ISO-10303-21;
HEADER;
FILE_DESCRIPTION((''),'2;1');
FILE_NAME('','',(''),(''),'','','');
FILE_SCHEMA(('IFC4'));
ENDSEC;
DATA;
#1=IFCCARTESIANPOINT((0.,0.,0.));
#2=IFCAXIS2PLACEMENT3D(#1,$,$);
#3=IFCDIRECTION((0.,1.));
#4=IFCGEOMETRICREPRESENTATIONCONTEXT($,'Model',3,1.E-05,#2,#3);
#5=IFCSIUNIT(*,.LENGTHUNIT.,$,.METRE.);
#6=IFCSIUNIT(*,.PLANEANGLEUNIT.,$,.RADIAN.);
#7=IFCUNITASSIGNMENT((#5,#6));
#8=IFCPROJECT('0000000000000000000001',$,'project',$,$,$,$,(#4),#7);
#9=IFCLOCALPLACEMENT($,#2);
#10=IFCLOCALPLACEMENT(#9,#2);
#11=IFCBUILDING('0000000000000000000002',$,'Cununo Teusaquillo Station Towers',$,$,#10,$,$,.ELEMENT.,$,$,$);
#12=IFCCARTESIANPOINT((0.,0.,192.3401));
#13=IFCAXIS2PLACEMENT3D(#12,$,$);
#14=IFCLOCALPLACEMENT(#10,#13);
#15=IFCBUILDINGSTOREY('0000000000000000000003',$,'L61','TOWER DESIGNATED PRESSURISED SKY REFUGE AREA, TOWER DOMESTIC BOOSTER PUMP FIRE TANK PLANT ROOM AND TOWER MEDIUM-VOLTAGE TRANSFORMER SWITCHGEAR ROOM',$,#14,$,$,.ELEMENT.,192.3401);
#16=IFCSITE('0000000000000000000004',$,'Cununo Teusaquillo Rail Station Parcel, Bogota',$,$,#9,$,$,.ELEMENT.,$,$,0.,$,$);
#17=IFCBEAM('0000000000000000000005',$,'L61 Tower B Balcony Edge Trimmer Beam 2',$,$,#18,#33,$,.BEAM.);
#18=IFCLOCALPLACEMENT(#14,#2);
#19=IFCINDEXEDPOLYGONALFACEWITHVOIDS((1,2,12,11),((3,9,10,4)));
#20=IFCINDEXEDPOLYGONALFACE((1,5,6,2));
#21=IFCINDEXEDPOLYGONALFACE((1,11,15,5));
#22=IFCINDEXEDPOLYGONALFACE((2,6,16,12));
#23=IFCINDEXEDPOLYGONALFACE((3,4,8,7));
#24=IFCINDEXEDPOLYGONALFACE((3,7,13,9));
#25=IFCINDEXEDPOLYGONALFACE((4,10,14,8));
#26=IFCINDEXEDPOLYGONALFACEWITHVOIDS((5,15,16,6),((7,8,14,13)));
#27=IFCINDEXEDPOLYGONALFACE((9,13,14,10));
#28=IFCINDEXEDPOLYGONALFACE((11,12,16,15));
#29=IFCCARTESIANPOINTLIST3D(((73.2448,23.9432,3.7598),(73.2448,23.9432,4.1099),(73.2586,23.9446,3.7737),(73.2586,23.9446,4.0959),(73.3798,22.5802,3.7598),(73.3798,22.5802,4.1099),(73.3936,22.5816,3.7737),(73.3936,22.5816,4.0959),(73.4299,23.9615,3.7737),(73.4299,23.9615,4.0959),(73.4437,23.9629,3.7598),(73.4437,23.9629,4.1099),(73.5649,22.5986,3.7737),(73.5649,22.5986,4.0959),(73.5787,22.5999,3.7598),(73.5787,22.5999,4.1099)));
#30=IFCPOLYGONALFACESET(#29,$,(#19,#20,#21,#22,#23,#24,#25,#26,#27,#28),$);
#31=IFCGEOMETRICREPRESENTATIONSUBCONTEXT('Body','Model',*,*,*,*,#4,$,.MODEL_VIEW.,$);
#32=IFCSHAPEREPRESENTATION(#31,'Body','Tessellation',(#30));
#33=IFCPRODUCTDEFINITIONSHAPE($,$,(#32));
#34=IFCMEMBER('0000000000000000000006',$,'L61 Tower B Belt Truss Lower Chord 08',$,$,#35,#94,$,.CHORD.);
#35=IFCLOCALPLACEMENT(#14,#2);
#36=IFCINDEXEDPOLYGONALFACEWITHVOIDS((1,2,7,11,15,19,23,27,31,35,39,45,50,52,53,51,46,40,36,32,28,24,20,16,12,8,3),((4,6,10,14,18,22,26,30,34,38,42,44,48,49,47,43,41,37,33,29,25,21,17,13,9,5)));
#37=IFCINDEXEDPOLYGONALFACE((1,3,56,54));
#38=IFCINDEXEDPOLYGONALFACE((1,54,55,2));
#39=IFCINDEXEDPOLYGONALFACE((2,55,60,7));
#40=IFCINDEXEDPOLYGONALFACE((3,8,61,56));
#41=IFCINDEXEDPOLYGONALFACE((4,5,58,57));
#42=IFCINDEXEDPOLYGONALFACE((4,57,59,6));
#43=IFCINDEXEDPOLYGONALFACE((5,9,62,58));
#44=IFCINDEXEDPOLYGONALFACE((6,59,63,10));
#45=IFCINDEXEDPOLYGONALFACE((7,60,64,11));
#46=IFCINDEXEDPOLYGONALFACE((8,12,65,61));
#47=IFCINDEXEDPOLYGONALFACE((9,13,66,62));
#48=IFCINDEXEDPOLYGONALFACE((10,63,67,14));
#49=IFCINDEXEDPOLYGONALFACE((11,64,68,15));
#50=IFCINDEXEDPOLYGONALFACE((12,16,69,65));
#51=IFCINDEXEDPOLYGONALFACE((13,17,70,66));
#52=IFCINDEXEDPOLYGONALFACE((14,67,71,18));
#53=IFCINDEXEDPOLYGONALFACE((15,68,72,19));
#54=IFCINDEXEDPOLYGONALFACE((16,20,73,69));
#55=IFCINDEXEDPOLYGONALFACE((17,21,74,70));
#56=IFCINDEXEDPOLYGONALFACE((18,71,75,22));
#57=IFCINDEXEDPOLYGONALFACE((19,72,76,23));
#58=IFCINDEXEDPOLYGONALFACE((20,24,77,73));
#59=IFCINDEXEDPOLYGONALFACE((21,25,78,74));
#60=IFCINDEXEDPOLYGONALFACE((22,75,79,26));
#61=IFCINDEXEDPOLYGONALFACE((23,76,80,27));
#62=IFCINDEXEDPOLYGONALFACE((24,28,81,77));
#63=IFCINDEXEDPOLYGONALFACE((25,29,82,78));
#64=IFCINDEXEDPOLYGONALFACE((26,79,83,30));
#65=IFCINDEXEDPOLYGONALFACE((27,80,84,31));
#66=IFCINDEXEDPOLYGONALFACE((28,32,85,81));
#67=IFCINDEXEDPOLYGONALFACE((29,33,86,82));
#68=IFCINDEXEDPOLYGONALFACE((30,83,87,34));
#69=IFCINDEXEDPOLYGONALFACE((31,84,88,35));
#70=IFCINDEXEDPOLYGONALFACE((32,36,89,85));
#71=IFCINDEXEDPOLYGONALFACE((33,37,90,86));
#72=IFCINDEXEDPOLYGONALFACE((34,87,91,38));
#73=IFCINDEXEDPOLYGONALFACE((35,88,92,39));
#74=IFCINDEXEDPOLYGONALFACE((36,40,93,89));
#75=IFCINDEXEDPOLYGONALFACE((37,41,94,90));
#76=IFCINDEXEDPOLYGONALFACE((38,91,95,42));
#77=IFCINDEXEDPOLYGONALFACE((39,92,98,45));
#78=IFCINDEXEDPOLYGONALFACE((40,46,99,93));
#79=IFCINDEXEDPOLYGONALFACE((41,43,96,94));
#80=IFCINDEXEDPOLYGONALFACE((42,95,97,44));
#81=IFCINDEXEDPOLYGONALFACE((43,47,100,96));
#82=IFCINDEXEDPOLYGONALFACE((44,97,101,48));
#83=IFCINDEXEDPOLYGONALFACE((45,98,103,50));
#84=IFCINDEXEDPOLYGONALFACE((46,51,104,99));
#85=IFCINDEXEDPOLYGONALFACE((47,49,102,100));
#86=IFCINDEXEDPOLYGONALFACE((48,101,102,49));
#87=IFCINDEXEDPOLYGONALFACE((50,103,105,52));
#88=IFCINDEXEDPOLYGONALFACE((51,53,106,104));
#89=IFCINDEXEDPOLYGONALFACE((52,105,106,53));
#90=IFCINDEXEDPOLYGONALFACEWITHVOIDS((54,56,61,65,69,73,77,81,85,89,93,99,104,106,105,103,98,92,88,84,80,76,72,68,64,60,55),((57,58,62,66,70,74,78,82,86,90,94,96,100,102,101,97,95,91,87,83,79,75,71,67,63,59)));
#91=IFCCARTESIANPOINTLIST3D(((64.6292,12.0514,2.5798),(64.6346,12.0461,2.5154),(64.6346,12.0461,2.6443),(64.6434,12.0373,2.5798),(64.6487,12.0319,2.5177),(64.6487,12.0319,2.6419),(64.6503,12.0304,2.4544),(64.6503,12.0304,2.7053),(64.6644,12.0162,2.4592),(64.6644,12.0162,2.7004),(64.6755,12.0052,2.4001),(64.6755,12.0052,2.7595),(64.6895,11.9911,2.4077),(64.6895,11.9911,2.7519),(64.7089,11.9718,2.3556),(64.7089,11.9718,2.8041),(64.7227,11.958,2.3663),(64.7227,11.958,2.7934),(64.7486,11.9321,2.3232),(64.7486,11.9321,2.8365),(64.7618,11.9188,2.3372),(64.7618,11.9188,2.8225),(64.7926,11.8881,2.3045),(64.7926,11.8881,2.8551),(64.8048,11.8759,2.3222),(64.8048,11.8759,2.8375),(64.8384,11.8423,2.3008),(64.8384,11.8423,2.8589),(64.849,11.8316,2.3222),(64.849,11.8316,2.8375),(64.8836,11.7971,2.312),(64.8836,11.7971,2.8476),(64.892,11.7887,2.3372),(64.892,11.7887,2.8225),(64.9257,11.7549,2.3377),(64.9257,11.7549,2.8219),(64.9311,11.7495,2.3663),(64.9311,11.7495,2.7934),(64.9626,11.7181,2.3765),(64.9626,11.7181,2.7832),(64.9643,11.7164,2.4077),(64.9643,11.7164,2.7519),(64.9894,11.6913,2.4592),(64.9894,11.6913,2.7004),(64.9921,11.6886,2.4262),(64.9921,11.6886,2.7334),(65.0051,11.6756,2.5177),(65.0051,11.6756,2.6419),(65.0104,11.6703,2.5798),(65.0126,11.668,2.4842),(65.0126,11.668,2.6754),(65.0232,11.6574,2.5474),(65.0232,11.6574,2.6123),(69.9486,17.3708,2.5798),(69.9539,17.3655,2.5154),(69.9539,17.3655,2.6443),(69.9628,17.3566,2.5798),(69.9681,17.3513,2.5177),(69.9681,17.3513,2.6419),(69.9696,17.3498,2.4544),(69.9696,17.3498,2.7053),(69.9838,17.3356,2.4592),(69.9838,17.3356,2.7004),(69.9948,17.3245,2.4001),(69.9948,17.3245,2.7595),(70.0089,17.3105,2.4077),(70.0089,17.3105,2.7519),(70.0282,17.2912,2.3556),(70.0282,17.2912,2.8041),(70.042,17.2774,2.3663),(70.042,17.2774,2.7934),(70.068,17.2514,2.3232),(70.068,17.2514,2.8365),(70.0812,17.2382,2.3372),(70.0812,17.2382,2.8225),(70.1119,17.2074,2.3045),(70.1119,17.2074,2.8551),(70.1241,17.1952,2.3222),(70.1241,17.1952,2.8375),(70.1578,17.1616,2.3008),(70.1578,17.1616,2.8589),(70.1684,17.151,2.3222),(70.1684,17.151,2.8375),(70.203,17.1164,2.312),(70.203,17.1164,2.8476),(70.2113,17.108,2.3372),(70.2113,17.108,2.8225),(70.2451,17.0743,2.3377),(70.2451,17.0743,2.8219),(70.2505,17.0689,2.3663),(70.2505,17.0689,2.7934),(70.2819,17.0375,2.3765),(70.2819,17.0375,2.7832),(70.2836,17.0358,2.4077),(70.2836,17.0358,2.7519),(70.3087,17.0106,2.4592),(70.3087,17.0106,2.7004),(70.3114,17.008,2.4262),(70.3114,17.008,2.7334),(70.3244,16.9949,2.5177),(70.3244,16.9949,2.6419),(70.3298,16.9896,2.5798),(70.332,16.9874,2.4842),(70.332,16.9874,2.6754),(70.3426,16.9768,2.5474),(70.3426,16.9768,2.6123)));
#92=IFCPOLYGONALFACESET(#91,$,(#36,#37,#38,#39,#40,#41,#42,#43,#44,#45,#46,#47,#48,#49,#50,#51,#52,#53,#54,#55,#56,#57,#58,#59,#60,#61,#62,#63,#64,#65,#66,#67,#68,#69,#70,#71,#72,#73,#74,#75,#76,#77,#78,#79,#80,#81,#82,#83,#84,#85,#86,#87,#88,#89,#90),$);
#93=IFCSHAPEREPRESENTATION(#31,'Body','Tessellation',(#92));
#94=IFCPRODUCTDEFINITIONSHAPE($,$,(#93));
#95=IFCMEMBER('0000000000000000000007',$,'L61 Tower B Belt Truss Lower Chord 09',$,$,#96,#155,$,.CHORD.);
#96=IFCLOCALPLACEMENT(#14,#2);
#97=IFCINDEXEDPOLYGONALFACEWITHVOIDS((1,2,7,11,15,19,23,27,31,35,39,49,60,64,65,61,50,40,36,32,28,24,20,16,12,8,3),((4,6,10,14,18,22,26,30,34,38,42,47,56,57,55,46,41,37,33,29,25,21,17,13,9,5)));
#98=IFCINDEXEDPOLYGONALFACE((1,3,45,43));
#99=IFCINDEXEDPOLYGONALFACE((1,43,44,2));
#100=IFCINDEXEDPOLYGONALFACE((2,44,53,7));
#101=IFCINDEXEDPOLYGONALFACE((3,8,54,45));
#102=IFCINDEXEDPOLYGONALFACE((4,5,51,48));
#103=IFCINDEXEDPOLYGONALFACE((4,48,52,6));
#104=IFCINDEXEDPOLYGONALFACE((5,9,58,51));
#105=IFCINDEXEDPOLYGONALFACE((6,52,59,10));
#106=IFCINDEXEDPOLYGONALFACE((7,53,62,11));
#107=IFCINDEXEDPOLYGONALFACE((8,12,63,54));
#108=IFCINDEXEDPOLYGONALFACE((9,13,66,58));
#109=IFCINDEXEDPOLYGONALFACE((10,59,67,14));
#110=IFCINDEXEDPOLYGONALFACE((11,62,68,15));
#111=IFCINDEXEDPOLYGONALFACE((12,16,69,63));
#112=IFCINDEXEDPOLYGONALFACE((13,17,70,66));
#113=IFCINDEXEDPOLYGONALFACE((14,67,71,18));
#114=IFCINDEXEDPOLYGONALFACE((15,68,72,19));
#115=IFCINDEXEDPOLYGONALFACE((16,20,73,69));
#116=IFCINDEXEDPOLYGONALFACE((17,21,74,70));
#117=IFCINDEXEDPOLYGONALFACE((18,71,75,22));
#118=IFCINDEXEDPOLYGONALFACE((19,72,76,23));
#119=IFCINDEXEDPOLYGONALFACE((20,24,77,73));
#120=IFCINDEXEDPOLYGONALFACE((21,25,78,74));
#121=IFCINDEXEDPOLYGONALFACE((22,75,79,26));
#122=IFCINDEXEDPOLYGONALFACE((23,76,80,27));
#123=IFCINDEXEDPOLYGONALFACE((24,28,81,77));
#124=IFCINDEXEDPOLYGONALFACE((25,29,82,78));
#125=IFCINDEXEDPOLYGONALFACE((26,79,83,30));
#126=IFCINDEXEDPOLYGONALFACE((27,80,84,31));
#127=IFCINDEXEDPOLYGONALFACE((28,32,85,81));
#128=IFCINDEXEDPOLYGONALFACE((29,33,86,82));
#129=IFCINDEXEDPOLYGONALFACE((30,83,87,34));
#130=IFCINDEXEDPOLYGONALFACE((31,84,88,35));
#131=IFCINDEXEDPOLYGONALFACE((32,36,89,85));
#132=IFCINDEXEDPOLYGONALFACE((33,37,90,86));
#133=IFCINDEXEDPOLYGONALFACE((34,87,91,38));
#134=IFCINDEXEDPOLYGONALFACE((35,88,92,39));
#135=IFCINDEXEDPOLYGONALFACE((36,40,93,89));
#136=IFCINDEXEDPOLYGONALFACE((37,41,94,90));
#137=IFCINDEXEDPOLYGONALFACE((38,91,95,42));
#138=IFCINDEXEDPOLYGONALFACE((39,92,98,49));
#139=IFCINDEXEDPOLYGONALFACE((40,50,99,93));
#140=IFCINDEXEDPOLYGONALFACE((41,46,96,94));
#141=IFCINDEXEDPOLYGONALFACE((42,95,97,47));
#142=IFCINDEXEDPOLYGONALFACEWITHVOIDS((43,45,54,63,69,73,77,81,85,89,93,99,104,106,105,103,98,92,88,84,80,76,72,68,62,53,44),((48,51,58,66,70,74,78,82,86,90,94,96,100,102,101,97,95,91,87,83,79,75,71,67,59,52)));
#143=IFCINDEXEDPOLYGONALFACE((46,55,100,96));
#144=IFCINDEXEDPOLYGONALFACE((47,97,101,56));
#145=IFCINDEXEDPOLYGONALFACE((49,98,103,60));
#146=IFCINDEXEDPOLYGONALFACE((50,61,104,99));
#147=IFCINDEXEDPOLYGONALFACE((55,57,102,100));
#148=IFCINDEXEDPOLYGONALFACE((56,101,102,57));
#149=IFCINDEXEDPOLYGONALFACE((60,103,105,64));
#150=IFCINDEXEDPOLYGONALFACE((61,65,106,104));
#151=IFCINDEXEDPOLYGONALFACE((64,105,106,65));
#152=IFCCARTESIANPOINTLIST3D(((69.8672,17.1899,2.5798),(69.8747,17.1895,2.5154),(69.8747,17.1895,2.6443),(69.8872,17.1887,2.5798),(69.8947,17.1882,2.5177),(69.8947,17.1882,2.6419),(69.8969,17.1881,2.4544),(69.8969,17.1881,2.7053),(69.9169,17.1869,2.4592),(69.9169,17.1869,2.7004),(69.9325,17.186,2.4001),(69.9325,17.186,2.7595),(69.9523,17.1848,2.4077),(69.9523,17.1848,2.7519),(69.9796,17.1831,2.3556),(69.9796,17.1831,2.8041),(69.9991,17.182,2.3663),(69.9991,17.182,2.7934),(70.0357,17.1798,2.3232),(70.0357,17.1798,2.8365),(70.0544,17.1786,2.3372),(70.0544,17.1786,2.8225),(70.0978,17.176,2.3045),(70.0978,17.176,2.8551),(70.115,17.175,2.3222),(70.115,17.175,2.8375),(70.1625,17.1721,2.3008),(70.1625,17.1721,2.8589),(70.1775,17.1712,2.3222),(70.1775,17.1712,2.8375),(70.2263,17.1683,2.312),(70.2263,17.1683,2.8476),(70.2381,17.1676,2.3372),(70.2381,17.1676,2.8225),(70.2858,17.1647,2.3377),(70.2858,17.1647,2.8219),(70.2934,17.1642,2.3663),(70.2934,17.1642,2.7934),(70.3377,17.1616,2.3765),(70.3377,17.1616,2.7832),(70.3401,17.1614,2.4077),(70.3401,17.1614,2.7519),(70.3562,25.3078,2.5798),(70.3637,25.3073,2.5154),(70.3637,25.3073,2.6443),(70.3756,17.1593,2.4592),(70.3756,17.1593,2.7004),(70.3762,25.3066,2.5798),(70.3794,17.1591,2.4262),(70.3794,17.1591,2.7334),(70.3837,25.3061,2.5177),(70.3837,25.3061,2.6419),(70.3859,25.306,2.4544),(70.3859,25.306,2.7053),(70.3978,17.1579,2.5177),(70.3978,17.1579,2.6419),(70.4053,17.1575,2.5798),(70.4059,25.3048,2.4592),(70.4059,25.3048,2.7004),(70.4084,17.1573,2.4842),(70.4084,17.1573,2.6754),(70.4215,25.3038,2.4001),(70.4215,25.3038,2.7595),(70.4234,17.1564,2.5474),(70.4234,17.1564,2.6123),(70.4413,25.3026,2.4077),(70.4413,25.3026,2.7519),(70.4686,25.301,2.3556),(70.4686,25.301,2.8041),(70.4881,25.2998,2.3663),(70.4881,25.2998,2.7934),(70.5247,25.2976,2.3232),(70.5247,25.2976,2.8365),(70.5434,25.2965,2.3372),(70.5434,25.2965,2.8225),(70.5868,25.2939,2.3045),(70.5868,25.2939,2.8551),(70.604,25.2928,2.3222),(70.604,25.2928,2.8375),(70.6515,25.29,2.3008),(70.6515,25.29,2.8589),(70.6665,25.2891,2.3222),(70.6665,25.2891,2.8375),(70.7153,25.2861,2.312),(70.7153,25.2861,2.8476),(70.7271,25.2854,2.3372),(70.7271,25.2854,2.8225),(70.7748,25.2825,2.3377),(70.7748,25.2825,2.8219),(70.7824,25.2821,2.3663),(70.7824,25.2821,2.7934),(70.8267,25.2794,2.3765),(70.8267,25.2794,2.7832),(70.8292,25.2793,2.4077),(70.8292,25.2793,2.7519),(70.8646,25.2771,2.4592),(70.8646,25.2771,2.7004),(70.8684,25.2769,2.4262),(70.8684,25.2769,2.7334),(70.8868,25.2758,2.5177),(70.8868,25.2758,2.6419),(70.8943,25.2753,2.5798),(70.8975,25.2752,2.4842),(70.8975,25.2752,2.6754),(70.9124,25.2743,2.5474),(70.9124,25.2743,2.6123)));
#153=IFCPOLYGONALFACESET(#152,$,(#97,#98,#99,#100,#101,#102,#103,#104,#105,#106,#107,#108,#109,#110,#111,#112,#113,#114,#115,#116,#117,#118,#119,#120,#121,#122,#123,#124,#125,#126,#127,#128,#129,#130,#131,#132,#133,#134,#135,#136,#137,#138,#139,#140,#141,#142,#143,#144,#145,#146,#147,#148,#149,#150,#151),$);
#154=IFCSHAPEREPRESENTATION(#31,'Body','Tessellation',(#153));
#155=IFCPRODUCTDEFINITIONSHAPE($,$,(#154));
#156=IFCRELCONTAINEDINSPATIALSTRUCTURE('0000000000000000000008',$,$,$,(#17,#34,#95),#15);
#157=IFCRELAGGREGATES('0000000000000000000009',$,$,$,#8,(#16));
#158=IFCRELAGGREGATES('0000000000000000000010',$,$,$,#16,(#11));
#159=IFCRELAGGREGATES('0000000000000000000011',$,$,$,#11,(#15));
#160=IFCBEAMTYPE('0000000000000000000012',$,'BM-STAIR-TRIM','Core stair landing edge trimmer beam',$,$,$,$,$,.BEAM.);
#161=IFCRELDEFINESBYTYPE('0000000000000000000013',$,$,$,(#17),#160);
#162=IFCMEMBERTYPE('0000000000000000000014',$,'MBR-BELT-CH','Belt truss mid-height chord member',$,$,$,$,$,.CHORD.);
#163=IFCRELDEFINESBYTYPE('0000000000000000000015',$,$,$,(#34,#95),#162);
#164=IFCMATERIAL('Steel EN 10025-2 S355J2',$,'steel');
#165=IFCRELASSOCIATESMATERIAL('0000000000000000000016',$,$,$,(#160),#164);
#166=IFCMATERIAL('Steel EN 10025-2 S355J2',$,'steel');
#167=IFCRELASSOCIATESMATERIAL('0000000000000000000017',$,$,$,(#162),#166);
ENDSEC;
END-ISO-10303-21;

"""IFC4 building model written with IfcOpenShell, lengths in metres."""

from ifc_helpers import new_model, si_unit, direction, frame, origin, origin_2d, place, context, subcontext, project, spatial, hollow_rectangle, hollow_circle, extrude, material, material_profile, profile_set, type_object, element, save


model = new_model("IFC4")

# Units and contexts
model_context = context("Model", 3, precision=1e-05, world=origin(), true_north=direction((0.0, 1.0)))
body_context = subcontext(model_context, "Body", "Model", "MODEL_VIEW")
ifc_project = project(units=[si_unit("LENGTHUNIT", "METRE"), si_unit("PLANEANGLEUNIT", "RADIAN")], contexts=[model_context])

# Site, building, storey
site_placement = place(None, origin())
site = spatial("IfcSite", under=ifc_project, at=site_placement, Name="Cununo Teusaquillo Rail Station Parcel, Bogota", CompositionType="ELEMENT", RefElevation=0.0)
building_placement = place(site_placement, origin())
building = spatial("IfcBuilding", under=site, at=building_placement, Name="Cununo Teusaquillo Station Towers", CompositionType="ELEMENT")
storey_placement = place(building_placement, frame((0.0, 0.0, 192.3401)))
storey = spatial("IfcBuildingStorey", under=building, at=storey_placement, Name="L61", Description="TOWER DESIGNATED PRESSURISED SKY REFUGE AREA, TOWER DOMESTIC BOOSTER PUMP FIRE TANK PLANT ROOM AND TOWER MEDIUM-VOLTAGE TRANSFORMER SWITCHGEAR ROOM", CompositionType="ELEMENT", Elevation=192.3401)

# Beam
ifc_material_1 = material(Name="Steel EN 10025-2 S355J2", Category="steel")
ifc_material_profile_1 = material_profile(ifc_material_1, hollow_rectangle(XDim=0.2, YDim=0.3501, WallThickness=0.0139, at=origin_2d()), Name="RHS 350x200x14")
ifc_profile_set_1 = profile_set([ifc_material_profile_1], Name="Steel EN 10025-2 S355J2")
beam_type_1 = type_object("IfcBeamType", Name="BM-STAIR-TRIM", Description="Core stair landing edge trimmer beam", PredefinedType="BEAM", material=ifc_profile_set_1)
beam_1_placement = place(storey_placement, frame((73.4792, 22.5901, 3.9348), z_axis=(-0.098568, 0.99513, 0.0), x_axis=(-0.99513, -0.098568, 0.0)))
element("IfcBeam", 1, at=beam_1_placement, inside=storey, type_object=beam_type_1, Name="L61 Tower B Balcony Edge Trimmer Beam 2", PredefinedType="BEAM", context=body_context, shape_type="SweptSolid", body=[
    extrude(hollow_rectangle(XDim=0.2, YDim=0.3501, WallThickness=0.0139, at=origin_2d()), origin(), (0.0, 0.0, 1.0), 1.3696),
])

# Members
ifc_material_2 = material(Name="Steel EN 10025-2 S355J2", Category="steel")
ifc_material_profile_2 = material_profile(ifc_material_2, hollow_circle(Radius=0.2795, WallThickness=0.02, at=origin_2d()), Name="CHS 559x20")
ifc_profile_set_2 = profile_set([ifc_material_profile_2], Name="Steel EN 10025-2 S355J2")
member_type_1 = type_object("IfcMemberType", Name="MBR-BELT-CH", Description="Belt truss mid-height chord member", PredefinedType="CHORD", material=ifc_profile_set_2)
member_1_placement = place(storey_placement, frame((64.8269, 11.8538, 2.5798), z_axis=(0.707107, 0.707107, 0.0), x_axis=(-0.707107, 0.707107, 0.0)))
element("IfcMember", 2, at=member_1_placement, inside=storey, type_object=member_type_1, Name="L61 Tower B Belt Truss Lower Chord 08", PredefinedType="CHORD", context=body_context, shape_type="SweptSolid", body=[
    extrude(hollow_circle(Radius=0.2795, WallThickness=0.02, at=origin_2d()), origin(), (0.0, 0.0, 1.0), 7.5227),
])
member_2_placement = place(storey_placement, frame((70.1462, 17.1731, 2.5798), z_axis=(0.06013, 0.998191, 0.0), x_axis=(-0.998191, 0.06013, 0.0)))
element("IfcMember", 3, at=member_2_placement, inside=storey, type_object=member_type_1, Name="L61 Tower B Belt Truss Lower Chord 09", PredefinedType="CHORD", context=body_context, shape_type="SweptSolid", body=[
    extrude(hollow_circle(Radius=0.2795, WallThickness=0.02, at=origin_2d()), origin(), (0.0, 0.0, 1.0), 8.1326),
])

save(model, "model.ifc")
